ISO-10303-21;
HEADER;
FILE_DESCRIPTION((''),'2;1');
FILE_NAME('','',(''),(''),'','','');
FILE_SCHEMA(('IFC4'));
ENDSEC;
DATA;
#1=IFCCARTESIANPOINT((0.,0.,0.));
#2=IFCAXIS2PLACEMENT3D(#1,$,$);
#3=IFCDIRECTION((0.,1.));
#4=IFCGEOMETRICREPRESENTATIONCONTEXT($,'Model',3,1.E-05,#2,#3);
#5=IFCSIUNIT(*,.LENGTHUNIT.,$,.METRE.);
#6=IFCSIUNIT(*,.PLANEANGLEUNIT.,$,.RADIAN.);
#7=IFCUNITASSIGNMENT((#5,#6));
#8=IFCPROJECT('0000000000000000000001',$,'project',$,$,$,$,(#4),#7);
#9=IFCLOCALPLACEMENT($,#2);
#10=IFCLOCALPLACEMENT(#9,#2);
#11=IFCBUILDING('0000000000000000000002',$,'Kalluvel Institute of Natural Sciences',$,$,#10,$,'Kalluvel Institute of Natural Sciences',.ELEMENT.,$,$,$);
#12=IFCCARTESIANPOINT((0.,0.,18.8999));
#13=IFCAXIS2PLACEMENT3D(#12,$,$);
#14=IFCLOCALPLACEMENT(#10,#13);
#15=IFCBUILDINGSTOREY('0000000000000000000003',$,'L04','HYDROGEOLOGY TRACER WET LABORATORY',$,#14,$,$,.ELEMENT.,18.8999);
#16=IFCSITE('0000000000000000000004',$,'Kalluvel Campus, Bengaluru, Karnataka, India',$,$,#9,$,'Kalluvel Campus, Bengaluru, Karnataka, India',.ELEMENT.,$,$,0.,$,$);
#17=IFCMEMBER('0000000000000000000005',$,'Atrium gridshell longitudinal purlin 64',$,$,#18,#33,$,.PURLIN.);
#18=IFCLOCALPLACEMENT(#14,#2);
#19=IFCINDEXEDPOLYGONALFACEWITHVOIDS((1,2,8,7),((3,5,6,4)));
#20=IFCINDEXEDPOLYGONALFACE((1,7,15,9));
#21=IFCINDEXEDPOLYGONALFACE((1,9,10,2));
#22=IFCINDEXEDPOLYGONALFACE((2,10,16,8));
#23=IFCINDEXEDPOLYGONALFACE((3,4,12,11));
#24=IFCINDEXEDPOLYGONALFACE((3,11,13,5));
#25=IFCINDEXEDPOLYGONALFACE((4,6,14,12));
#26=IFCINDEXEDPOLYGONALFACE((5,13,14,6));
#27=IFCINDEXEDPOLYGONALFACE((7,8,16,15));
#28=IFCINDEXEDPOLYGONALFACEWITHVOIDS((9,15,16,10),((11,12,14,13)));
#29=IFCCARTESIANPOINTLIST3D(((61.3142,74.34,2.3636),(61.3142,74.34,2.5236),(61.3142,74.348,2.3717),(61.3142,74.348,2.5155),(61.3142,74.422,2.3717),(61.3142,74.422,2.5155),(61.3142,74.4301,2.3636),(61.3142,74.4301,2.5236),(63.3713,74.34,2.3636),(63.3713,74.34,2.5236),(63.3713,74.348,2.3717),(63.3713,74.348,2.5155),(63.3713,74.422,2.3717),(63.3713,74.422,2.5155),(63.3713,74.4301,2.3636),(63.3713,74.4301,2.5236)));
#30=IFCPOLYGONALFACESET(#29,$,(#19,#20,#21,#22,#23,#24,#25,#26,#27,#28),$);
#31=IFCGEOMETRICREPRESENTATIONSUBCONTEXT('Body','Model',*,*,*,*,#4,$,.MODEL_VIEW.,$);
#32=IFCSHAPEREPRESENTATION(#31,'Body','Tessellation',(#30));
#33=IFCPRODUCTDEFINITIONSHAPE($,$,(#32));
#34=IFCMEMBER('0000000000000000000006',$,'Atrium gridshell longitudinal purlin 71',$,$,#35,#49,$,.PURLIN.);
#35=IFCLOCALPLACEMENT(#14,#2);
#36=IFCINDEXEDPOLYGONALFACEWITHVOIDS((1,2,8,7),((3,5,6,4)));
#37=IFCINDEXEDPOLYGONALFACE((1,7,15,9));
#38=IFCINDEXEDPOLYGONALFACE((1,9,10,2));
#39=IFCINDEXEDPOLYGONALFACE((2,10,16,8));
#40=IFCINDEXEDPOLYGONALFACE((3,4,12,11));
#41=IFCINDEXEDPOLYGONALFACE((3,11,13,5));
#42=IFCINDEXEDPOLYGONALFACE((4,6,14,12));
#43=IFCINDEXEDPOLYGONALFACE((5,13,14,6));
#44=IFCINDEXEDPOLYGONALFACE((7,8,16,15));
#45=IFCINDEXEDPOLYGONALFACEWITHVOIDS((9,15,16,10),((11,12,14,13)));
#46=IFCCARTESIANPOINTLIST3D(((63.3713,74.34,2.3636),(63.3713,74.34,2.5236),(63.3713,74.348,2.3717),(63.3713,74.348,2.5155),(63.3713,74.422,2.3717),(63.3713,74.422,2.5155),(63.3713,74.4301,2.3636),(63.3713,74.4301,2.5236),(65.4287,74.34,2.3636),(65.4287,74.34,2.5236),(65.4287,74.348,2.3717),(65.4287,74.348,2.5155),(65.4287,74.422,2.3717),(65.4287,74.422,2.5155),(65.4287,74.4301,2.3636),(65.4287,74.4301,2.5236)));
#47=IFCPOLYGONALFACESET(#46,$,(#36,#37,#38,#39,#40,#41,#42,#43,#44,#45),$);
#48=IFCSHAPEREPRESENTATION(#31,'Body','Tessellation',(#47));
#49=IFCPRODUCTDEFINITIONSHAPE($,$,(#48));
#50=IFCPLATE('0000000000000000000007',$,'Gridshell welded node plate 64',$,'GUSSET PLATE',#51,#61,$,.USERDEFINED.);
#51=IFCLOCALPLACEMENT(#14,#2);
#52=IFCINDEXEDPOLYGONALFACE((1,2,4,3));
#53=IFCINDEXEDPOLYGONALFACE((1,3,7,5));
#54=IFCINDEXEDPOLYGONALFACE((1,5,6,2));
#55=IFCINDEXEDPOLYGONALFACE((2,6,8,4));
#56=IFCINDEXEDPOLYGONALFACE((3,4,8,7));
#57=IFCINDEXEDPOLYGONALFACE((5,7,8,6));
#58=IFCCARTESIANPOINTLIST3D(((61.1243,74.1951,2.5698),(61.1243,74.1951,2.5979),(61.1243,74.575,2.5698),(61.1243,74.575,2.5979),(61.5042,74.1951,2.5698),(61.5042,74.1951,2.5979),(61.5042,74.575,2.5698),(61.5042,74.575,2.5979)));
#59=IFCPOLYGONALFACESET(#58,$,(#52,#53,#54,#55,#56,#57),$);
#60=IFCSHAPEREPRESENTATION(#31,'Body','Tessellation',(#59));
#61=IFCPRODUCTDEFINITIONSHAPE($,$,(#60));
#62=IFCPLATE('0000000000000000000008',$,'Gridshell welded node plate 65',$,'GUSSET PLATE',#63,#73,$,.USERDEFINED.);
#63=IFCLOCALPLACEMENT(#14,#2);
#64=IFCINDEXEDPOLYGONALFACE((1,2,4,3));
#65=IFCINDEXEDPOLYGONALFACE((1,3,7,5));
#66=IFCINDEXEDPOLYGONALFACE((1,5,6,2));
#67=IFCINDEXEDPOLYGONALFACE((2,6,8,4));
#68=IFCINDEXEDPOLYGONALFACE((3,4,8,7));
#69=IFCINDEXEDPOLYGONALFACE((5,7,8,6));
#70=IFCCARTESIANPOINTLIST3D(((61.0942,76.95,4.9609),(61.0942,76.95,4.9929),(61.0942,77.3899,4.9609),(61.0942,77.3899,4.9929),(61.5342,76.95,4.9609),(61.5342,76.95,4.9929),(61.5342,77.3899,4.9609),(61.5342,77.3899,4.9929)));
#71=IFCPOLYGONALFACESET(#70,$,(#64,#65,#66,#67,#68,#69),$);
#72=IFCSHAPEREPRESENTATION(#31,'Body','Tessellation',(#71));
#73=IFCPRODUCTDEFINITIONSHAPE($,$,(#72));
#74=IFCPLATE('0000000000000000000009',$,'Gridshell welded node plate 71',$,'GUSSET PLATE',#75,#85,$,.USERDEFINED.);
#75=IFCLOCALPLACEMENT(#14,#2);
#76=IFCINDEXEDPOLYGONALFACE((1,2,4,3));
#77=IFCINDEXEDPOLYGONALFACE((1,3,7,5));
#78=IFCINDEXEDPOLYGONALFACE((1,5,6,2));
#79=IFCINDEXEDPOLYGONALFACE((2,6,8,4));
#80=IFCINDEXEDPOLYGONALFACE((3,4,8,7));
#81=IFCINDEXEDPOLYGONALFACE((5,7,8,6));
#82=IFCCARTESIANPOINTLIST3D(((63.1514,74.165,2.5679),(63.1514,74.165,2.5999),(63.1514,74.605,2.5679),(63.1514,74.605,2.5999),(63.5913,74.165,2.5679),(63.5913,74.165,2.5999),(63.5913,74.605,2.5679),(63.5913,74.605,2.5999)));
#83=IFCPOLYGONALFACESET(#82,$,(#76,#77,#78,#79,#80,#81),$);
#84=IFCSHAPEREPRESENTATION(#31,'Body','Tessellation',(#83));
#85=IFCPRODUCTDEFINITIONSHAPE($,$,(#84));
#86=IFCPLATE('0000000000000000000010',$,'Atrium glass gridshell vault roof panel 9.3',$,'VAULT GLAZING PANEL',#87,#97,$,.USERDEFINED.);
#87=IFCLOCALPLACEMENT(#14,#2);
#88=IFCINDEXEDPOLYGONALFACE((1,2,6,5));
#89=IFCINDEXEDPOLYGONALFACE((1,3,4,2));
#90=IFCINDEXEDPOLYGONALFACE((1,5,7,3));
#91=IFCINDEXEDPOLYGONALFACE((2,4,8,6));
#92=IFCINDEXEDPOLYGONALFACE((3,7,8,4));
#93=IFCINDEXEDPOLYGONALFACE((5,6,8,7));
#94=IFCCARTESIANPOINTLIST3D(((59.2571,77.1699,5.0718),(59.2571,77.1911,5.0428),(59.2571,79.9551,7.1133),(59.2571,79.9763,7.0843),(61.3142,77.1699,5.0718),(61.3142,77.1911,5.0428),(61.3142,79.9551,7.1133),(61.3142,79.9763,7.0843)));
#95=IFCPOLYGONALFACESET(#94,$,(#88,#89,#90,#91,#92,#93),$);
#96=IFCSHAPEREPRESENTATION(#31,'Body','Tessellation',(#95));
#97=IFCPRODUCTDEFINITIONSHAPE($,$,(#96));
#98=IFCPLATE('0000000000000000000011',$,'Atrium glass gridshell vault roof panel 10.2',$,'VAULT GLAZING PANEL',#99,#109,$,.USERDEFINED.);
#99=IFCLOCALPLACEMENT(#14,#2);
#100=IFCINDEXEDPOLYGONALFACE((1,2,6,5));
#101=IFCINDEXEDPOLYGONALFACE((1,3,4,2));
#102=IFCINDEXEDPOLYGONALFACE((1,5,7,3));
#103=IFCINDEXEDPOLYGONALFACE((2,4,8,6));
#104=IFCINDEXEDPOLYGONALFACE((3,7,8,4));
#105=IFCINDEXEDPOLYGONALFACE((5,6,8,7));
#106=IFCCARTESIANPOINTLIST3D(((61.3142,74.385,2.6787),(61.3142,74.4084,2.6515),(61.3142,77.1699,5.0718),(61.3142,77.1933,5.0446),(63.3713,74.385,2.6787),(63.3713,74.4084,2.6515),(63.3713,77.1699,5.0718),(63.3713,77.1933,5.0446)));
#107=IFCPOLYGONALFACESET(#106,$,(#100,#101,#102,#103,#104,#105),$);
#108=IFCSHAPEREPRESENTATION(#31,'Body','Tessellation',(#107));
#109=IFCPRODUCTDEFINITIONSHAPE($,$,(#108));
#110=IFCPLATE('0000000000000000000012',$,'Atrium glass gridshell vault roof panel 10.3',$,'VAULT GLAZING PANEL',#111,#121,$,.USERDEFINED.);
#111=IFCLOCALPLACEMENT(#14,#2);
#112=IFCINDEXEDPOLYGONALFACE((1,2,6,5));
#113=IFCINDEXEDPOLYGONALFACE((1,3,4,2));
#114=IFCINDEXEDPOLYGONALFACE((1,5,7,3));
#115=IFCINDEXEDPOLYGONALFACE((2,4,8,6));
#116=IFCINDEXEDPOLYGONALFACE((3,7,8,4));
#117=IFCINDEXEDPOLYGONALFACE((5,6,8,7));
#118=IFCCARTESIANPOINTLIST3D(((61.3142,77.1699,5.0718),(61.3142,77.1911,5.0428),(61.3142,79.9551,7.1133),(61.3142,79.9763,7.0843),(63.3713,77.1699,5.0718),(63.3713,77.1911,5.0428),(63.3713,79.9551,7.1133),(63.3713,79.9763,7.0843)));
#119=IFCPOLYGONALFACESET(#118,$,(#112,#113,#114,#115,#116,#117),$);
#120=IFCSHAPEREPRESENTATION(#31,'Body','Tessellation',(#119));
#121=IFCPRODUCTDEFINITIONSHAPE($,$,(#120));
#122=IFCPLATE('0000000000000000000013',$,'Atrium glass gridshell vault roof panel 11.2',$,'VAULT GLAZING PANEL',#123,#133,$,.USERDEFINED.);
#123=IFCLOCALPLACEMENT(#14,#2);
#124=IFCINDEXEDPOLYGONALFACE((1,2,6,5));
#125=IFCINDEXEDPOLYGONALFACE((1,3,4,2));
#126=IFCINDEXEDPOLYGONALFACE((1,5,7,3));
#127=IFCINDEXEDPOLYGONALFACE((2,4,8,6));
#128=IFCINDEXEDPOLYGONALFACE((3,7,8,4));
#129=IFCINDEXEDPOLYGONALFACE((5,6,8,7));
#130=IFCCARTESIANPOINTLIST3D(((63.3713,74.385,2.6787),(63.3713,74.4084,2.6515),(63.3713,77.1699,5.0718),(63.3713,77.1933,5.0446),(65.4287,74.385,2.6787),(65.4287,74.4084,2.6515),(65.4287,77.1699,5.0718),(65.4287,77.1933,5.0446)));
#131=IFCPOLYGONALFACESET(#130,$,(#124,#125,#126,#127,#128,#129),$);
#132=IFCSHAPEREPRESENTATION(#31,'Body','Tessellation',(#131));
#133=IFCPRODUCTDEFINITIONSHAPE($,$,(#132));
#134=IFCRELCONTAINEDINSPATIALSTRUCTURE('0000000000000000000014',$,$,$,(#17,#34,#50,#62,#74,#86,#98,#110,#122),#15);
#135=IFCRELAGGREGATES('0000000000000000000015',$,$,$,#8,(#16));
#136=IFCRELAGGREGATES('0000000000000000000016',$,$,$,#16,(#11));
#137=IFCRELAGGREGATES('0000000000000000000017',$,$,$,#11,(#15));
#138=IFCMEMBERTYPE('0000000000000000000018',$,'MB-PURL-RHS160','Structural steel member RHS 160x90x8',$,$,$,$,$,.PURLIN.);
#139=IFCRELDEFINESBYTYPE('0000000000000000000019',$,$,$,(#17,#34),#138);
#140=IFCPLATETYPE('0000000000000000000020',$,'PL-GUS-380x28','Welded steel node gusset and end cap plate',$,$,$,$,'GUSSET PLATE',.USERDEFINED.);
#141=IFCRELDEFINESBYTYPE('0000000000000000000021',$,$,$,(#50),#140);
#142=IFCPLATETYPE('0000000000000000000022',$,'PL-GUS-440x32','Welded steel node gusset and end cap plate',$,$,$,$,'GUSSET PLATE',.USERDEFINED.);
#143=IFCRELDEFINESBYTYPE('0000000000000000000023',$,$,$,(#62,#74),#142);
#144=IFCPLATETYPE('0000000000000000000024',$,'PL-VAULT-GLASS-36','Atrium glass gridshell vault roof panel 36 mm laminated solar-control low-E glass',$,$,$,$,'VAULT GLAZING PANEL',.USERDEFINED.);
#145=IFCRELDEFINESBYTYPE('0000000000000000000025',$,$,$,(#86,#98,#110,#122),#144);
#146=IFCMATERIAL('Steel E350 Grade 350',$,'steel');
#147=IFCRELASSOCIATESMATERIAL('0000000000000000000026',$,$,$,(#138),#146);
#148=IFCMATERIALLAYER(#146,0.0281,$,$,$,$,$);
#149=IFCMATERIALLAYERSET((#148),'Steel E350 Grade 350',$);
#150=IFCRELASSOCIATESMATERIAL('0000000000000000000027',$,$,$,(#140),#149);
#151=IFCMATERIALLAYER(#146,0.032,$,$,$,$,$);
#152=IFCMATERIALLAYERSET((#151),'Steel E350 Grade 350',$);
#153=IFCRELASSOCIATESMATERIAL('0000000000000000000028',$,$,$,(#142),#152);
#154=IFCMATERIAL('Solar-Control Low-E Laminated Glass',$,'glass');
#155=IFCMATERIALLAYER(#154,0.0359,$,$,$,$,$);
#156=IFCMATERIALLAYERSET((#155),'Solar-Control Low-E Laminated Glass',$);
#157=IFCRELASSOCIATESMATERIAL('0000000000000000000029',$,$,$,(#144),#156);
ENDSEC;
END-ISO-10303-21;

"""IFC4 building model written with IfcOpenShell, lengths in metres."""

from ifc_helpers import new_model, si_unit, direction, frame, origin, origin_2d, place, context, subcontext, project, spatial, polyline, rectangle, hollow_rectangle, outline, extrude, material, layer, layer_set, material_profile, profile_set, type_object, element, save


model = new_model("IFC4")

# Units and contexts
model_context = context("Model", 3, precision=1e-05, world=origin(), true_north=direction((0.0, 1.0)))
body_context = subcontext(model_context, "Body", "Model", "MODEL_VIEW")
ifc_project = project(units=[si_unit("LENGTHUNIT", "METRE"), si_unit("PLANEANGLEUNIT", "RADIAN")], contexts=[model_context])

# Site, building, storey
site_placement = place(None, origin())
site = spatial("IfcSite", under=ifc_project, at=site_placement, Name="Kalluvel Campus, Bengaluru, Karnataka, India", LongName="Kalluvel Campus, Bengaluru, Karnataka, India", CompositionType="ELEMENT", RefElevation=0.0)
building_placement = place(site_placement, origin())
building = spatial("IfcBuilding", under=site, at=building_placement, Name="Kalluvel Institute of Natural Sciences", LongName="Kalluvel Institute of Natural Sciences", CompositionType="ELEMENT")
storey_placement = place(building_placement, frame((0.0, 0.0, 18.8999)))
storey = spatial("IfcBuildingStorey", under=building, at=storey_placement, Name="L04", Description="HYDROGEOLOGY TRACER WET LABORATORY", CompositionType="ELEMENT", Elevation=18.8999)

# Members
ifc_material_1 = material(Name="Steel E350 Grade 350", Category="steel")
ifc_material_profile_1 = material_profile(ifc_material_1, hollow_rectangle(XDim=0.0901, YDim=0.1599, WallThickness=0.0081, at=origin_2d()), Name="RHS 160x90x8")
ifc_profile_set_1 = profile_set([ifc_material_profile_1], Name="Steel E350 Grade 350")
member_type_1 = type_object("IfcMemberType", Name="MB-PURL-RHS160", Description="Structural steel member RHS 160x90x8", PredefinedType="PURLIN", material=ifc_profile_set_1)
member_1_placement = place(storey_placement, frame((61.3142, 74.385, 2.4436), z_axis=(1.0, 0.0, 0.0), x_axis=(0.0, 1.0, 0.0)))
element("IfcMember", 1, at=member_1_placement, inside=storey, type_object=member_type_1, Name="Atrium gridshell longitudinal purlin 64", PredefinedType="PURLIN", context=body_context, shape_type="SweptSolid", body=[
    extrude(hollow_rectangle(XDim=0.0901, YDim=0.1599, WallThickness=0.0081, at=origin_2d()), origin(), (0.0, 0.0, 1.0), 2.0571),
])
member_2_placement = place(storey_placement, frame((63.3713, 74.385, 2.4436), z_axis=(1.0, 0.0, 0.0), x_axis=(0.0, 1.0, 0.0)))
element("IfcMember", 2, at=member_2_placement, inside=storey, type_object=member_type_1, Name="Atrium gridshell longitudinal purlin 71", PredefinedType="PURLIN", context=body_context, shape_type="SweptSolid", body=[
    extrude(hollow_rectangle(XDim=0.0901, YDim=0.1599, WallThickness=0.0081, at=origin_2d()), origin(), (0.0, 0.0, 1.0), 2.0574),
])

# Plates
ifc_layer_1 = layer(ifc_material_1, 0.0281)
ifc_layer_set_1 = layer_set([ifc_layer_1], Name="Steel E350 Grade 350")
plate_type_1 = type_object("IfcPlateType", Name="PL-GUS-380x28", Description="Welded steel node gusset and end cap plate", ElementType="GUSSET PLATE", PredefinedType="USERDEFINED", material=ifc_layer_set_1)
plate_1_placement = place(storey_placement, frame((61.3142, 74.385, 2.5698), z_axis=(0.0, 0.0, 1.0), x_axis=(1.0, 0.0, 0.0)))
element("IfcPlate", 3, at=plate_1_placement, inside=storey, type_object=plate_type_1, Name="Gridshell welded node plate 64", ObjectType="GUSSET PLATE", PredefinedType="USERDEFINED", context=body_context, shape_type="SweptSolid", body=[
    extrude(rectangle(XDim=0.3799, YDim=0.3799, at=origin_2d()), origin(), (0.0, 0.0, 1.0), 0.0281),
])
ifc_layer_2 = layer(ifc_material_1, 0.032)
ifc_layer_set_2 = layer_set([ifc_layer_2], Name="Steel E350 Grade 350")
plate_type_2 = type_object("IfcPlateType", Name="PL-GUS-440x32", Description="Welded steel node gusset and end cap plate", ElementType="GUSSET PLATE", PredefinedType="USERDEFINED", material=ifc_layer_set_2)
for number, where, z_axis, x_axis, name in (
    (4, (61.3142, 77.1699, 4.9609), (0.0, 0.0, 1.0), (1.0, 0.0, 0.0), "Gridshell welded node plate 65"),
    (5, (63.3713, 74.385, 2.5679), (0.0, 0.0, 1.0), (1.0, 0.0, 0.0), "Gridshell welded node plate 71"),
):
    element("IfcPlate", number, at=place(storey_placement, frame(where, z_axis=z_axis, x_axis=x_axis)), inside=storey, type_object=plate_type_2, Name=name, ObjectType="GUSSET PLATE", PredefinedType="USERDEFINED", context=body_context, shape_type="SweptSolid", body=[
        extrude(rectangle(XDim=0.4399, YDim=0.4399, at=origin_2d()), origin(), (0.0, 0.0, 1.0), 0.032),
    ])
ifc_material_2 = material(Name="Solar-Control Low-E Laminated Glass", Category="glass")
ifc_layer_3 = layer(ifc_material_2, 0.0359)
ifc_layer_set_3 = layer_set([ifc_layer_3], Name="Solar-Control Low-E Laminated Glass")
plate_type_3 = type_object("IfcPlateType", Name="PL-VAULT-GLASS-36", Description="Atrium glass gridshell vault roof panel 36 mm laminated solar-control low-E glass", ElementType="VAULT GLAZING PANEL", PredefinedType="USERDEFINED", material=ifc_layer_set_3)
plate_2_placement = place(storey_placement, frame((59.2571, 77.1699, 5.0718), z_axis=(0.0, -0.591186, 0.806535), x_axis=(1.0, 0.0, 0.0)))
element("IfcPlate", 6, at=plate_2_placement, inside=storey, type_object=plate_type_3, Name="Atrium glass gridshell vault roof panel 9.3", ObjectType="VAULT GLAZING PANEL", PredefinedType="USERDEFINED", context=body_context, shape_type="SweptSolid", body=[
    extrude(outline(polyline([(0.0, 0.0), (2.0571, 0.0), (2.0571, 3.4532), (0.0, 3.4532), (0.0, 0.0)])), origin(), (0.0, 0.0, -1.0), 0.0359),
])
plate_3_placement = place(storey_placement, frame((61.3142, 74.385, 2.6787), z_axis=(0.0, -0.651733, 0.758449), x_axis=(1.0, 0.0, 0.0)))
element("IfcPlate", 7, at=plate_3_placement, inside=storey, type_object=plate_type_3, Name="Atrium glass gridshell vault roof panel 10.2", ObjectType="VAULT GLAZING PANEL", PredefinedType="USERDEFINED", context=body_context, shape_type="SweptSolid", body=[
    extrude(outline(polyline([(0.0, 0.0), (2.0571, 0.0), (2.0571, 3.6719), (0.0, 3.6719), (0.0, 0.0)])), origin(), (0.0, 0.0, -1.0), 0.0359),
])
plate_4_placement = place(storey_placement, frame((61.3142, 77.1699, 5.0718), z_axis=(0.0, -0.591186, 0.806535), x_axis=(1.0, 0.0, 0.0)))
element("IfcPlate", 8, at=plate_4_placement, inside=storey, type_object=plate_type_3, Name="Atrium glass gridshell vault roof panel 10.3", ObjectType="VAULT GLAZING PANEL", PredefinedType="USERDEFINED", context=body_context, shape_type="SweptSolid", body=[
    extrude(outline(polyline([(0.0, 0.0), (2.0571, 0.0), (2.0571, 3.4532), (0.0, 3.4532), (0.0, 0.0)])), origin(), (0.0, 0.0, -1.0), 0.0359),
])
plate_5_placement = place(storey_placement, frame((63.3713, 74.385, 2.6787), z_axis=(0.0, -0.651733, 0.758449), x_axis=(1.0, 0.0, 0.0)))
element("IfcPlate", 9, at=plate_5_placement, inside=storey, type_object=plate_type_3, Name="Atrium glass gridshell vault roof panel 11.2", ObjectType="VAULT GLAZING PANEL", PredefinedType="USERDEFINED", context=body_context, shape_type="SweptSolid", body=[
    extrude(outline(polyline([(0.0, 0.0), (2.0574, 0.0), (2.0574, 3.6719), (0.0, 3.6719), (0.0, 0.0)])), origin(), (0.0, 0.0, -1.0), 0.0359),
])

save(model, "model.ifc")
